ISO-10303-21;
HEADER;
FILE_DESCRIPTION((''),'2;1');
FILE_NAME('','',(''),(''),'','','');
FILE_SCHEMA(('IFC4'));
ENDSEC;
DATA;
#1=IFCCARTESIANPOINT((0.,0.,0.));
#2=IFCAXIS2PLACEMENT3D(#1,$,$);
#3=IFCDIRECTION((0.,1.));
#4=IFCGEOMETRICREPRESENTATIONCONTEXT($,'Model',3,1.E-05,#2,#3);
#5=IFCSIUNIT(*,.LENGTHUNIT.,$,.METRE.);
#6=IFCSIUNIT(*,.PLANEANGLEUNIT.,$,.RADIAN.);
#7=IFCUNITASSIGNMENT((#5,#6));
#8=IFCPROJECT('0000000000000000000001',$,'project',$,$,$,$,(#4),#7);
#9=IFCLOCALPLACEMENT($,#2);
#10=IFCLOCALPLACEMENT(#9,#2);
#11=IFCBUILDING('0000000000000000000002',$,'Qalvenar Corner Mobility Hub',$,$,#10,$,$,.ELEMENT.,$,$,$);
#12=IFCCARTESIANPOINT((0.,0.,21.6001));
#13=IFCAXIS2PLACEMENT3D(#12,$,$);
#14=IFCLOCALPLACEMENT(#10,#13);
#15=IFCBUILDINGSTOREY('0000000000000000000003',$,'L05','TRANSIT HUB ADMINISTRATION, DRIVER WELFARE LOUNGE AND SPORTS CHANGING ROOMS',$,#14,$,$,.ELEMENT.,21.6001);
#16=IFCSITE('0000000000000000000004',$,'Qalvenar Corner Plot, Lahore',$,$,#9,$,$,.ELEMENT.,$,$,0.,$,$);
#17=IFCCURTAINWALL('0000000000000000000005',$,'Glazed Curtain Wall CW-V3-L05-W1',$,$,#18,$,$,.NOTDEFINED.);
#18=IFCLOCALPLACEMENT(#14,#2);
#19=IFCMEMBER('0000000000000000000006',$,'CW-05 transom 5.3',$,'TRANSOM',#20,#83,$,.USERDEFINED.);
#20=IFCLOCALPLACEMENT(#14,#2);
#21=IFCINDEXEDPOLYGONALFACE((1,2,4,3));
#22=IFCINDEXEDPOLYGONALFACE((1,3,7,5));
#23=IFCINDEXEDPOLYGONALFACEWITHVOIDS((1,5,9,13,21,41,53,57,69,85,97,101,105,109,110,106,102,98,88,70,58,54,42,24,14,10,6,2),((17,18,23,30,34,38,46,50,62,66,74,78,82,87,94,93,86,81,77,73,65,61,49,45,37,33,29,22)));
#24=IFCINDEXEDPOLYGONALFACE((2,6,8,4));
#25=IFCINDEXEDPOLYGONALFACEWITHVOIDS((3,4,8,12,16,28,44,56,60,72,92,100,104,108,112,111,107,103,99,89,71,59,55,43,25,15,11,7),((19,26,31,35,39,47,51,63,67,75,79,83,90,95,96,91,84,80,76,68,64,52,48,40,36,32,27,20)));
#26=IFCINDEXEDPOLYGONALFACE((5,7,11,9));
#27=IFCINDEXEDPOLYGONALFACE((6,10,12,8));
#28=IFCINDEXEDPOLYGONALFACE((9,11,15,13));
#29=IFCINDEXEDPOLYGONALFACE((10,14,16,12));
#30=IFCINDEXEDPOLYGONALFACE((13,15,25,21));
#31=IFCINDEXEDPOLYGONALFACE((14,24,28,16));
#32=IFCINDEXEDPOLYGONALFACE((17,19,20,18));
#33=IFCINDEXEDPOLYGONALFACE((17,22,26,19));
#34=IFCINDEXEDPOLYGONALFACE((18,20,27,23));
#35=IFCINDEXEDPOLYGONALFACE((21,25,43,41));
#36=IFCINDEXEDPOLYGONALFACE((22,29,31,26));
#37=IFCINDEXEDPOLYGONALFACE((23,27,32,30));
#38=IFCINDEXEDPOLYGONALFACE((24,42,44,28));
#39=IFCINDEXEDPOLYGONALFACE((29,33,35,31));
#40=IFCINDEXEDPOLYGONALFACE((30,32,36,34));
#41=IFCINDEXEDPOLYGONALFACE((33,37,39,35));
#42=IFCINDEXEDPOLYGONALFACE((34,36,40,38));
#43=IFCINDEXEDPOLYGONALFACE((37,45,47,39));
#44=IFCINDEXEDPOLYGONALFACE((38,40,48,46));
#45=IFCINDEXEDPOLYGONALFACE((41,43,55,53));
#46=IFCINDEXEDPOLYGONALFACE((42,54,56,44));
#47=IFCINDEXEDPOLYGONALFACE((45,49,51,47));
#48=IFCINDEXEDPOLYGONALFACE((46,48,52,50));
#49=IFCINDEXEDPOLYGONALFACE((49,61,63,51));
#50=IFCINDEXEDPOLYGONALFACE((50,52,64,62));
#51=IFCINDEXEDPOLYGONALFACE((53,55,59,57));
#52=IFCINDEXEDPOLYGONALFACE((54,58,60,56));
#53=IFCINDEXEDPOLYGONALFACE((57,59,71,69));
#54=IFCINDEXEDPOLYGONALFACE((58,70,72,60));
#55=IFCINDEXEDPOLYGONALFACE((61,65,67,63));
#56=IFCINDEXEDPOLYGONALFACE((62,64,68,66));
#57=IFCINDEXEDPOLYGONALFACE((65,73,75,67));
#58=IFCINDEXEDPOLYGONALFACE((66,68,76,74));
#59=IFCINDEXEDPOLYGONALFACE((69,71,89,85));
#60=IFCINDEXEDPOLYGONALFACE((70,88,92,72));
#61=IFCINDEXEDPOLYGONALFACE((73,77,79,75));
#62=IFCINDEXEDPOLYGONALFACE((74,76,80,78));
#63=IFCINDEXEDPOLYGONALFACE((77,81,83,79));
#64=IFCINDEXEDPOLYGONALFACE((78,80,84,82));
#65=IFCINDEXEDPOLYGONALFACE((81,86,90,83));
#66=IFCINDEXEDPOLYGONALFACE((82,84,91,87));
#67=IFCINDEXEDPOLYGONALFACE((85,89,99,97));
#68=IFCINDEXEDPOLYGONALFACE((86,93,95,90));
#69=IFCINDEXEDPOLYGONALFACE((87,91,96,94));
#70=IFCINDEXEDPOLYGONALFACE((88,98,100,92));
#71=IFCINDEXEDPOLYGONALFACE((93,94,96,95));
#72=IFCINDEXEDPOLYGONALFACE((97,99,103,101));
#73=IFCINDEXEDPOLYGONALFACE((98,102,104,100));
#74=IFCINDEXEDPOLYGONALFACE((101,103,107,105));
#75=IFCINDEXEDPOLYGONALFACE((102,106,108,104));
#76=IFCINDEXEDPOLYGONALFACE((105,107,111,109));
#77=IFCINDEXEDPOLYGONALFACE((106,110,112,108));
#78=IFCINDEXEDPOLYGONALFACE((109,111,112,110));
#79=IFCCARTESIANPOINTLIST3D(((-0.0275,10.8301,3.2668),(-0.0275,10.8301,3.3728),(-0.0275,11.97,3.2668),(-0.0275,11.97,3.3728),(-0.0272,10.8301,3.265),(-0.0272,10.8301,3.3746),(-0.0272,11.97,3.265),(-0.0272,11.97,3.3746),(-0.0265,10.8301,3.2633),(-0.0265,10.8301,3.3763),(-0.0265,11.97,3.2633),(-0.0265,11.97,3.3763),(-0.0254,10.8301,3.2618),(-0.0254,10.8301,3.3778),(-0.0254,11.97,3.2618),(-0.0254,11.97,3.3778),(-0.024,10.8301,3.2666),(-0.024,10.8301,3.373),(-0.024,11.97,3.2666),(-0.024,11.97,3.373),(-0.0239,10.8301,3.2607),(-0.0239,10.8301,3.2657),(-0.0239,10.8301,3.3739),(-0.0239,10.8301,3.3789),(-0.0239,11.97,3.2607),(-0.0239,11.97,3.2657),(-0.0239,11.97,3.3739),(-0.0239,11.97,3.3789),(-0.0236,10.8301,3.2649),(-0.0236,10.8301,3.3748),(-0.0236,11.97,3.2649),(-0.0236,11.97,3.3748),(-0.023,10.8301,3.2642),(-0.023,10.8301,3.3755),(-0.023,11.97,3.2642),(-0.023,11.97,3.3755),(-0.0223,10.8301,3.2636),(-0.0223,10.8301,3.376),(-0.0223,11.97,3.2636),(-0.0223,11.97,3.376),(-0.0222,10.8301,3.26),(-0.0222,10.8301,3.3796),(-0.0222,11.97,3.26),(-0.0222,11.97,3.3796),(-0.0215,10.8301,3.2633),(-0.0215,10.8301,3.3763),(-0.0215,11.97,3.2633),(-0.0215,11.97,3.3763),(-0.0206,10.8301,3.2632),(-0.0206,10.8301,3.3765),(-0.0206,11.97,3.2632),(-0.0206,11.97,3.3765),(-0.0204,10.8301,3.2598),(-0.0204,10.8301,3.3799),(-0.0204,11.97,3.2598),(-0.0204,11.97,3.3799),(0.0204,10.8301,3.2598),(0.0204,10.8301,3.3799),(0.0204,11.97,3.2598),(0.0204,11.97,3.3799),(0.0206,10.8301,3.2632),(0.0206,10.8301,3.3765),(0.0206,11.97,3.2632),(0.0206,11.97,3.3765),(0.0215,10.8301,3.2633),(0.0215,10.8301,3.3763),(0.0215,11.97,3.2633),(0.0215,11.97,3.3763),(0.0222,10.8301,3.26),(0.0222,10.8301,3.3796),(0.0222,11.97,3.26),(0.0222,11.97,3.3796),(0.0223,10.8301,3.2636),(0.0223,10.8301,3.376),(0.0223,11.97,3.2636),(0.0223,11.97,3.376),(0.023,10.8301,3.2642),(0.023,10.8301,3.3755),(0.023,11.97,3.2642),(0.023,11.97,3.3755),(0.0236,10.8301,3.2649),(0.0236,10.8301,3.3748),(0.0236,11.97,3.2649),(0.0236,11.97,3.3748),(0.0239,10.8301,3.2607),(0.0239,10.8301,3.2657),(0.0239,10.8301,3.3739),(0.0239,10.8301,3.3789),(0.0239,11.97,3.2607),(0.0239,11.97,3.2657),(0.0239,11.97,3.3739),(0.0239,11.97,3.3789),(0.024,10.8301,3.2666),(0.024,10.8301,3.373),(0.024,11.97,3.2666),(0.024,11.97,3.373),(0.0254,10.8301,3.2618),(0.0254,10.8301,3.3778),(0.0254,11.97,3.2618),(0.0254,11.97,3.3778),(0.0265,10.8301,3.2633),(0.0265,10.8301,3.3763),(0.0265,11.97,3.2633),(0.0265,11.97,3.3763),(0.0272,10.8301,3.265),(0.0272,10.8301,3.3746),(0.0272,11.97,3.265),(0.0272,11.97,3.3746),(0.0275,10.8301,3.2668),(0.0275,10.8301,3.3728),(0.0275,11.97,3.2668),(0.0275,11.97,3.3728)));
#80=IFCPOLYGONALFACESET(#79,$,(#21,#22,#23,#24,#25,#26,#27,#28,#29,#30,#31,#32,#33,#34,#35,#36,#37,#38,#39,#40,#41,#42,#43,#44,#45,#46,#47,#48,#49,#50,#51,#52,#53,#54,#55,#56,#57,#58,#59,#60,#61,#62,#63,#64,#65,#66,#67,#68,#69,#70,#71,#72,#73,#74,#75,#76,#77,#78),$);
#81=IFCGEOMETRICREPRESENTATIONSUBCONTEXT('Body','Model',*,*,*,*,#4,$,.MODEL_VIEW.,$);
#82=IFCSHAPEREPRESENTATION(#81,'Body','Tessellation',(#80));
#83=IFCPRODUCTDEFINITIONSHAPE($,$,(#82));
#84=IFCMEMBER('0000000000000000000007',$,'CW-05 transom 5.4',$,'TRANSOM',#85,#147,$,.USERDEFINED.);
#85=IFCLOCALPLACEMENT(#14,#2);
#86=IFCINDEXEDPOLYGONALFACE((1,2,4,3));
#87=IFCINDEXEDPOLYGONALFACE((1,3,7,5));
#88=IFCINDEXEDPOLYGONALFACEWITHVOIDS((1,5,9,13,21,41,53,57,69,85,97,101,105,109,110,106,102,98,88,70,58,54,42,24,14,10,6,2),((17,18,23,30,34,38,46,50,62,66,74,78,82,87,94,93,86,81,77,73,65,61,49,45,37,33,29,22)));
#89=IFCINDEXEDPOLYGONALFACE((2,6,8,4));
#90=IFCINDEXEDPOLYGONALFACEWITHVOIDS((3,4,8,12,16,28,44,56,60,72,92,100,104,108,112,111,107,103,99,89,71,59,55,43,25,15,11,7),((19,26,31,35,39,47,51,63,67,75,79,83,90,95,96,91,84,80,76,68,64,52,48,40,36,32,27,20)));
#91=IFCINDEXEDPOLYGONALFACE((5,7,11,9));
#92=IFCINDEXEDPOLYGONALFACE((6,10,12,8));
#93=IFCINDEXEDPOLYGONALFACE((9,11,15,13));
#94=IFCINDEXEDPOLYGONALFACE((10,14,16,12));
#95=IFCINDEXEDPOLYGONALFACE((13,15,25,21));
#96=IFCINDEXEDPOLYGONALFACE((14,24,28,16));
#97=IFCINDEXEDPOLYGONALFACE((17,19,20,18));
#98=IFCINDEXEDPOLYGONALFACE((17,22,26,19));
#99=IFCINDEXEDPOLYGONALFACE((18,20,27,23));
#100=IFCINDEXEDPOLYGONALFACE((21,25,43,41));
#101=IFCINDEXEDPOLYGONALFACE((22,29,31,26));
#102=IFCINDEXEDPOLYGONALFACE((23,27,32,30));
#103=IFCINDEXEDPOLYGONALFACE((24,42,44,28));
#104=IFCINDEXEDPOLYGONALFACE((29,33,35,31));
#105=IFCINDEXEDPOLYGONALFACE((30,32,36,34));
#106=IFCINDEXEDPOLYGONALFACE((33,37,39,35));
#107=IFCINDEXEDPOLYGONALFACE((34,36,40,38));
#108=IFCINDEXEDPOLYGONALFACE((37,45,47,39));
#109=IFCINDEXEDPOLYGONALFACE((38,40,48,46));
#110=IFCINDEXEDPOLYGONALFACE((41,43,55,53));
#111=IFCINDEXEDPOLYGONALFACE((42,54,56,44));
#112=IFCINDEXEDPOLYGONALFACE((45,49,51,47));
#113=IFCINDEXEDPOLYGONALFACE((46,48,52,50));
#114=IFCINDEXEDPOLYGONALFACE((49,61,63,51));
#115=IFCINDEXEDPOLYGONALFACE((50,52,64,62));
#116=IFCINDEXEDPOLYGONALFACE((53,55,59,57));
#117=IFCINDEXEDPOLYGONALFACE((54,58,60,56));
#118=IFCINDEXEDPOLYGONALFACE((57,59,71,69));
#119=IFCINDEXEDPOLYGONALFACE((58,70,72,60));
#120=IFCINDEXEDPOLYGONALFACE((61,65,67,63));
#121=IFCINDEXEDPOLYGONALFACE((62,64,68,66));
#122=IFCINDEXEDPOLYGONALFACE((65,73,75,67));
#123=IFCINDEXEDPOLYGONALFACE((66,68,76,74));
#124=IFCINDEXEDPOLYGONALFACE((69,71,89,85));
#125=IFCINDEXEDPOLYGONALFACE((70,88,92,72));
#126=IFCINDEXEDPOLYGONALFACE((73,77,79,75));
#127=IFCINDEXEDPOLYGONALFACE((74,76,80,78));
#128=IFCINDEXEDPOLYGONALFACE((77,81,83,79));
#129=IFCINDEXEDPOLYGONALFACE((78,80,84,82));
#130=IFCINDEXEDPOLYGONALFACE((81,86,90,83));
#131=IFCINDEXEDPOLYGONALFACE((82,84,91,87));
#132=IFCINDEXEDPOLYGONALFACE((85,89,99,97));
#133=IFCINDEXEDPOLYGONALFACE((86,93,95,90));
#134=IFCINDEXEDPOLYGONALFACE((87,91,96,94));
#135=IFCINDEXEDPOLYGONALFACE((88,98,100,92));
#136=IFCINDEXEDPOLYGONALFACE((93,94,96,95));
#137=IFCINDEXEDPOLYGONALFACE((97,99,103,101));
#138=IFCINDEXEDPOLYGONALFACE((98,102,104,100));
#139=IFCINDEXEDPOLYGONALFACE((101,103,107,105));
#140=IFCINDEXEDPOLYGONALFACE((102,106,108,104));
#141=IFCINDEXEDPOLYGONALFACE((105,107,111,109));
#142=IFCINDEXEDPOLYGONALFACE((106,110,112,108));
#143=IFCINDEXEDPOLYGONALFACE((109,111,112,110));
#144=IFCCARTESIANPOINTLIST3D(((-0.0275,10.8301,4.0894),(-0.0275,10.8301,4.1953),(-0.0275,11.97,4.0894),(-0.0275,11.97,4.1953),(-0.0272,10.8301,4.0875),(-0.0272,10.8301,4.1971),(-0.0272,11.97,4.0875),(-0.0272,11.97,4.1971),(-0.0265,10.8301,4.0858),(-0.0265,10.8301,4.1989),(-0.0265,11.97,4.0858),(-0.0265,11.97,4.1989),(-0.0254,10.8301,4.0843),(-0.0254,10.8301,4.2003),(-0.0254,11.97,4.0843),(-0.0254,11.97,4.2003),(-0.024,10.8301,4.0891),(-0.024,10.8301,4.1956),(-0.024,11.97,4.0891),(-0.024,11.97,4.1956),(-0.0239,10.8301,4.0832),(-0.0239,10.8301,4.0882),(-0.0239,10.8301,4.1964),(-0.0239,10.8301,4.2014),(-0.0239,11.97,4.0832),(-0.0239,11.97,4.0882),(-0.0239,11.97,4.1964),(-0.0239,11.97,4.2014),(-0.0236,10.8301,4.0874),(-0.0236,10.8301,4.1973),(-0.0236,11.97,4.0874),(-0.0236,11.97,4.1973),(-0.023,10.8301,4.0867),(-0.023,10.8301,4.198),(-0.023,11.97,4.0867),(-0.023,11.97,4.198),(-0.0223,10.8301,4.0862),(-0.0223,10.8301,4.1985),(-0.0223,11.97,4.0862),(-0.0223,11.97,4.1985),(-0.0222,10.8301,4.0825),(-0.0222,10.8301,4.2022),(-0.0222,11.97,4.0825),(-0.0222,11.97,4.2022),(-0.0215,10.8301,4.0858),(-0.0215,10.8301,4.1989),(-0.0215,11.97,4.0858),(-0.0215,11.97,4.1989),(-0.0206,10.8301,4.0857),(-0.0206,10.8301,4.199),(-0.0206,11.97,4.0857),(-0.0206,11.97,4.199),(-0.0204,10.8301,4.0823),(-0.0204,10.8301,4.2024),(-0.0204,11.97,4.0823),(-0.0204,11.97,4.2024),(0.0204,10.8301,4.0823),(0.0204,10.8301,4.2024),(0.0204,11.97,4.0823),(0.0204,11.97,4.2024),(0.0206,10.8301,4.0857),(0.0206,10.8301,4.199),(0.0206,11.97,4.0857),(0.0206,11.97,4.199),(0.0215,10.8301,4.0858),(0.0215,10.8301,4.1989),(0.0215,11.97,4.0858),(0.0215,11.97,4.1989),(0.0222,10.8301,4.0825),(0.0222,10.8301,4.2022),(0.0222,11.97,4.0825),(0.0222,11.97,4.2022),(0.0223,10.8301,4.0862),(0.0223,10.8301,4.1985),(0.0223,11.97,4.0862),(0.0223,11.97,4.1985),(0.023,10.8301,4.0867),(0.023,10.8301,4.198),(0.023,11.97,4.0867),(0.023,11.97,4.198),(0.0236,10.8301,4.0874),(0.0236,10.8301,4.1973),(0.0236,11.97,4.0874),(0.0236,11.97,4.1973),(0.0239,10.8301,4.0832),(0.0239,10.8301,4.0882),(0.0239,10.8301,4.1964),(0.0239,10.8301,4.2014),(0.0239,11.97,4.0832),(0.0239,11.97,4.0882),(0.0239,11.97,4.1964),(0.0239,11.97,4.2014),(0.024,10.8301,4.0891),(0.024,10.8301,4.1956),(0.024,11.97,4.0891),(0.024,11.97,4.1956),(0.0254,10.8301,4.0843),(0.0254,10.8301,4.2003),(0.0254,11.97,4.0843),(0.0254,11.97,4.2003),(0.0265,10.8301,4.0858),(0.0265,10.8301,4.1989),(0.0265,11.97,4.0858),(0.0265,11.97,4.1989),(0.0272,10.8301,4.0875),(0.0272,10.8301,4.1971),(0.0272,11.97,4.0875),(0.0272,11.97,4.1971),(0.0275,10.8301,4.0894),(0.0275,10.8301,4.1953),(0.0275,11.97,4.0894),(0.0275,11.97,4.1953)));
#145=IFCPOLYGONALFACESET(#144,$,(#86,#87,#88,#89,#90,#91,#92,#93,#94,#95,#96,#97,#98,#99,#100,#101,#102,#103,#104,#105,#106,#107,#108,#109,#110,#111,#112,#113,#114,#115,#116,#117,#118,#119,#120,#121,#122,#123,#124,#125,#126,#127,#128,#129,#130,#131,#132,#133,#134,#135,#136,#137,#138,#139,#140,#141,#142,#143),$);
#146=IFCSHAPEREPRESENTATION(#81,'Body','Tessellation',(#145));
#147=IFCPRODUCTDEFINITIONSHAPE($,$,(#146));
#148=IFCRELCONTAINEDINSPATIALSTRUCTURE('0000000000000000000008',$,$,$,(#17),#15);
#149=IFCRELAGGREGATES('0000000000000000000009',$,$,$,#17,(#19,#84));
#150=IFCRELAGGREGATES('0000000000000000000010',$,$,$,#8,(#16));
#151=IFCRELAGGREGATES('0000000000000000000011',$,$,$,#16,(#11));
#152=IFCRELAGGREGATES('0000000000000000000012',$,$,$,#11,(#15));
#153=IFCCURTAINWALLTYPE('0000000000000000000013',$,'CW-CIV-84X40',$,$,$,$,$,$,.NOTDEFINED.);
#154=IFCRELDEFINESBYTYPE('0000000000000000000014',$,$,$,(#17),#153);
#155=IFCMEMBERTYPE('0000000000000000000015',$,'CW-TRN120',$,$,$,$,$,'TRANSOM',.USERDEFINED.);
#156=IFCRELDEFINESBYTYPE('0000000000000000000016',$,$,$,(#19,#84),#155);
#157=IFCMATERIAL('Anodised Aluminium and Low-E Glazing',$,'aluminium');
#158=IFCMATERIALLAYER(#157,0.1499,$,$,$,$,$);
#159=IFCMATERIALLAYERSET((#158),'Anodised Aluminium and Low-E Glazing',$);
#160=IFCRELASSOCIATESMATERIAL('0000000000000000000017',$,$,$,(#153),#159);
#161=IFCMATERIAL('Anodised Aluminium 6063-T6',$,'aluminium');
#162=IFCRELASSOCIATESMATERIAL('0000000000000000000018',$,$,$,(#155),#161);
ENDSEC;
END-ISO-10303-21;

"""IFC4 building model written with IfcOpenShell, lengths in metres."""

from ifc_helpers import new_model, si_unit, direction, frame, origin, origin_2d, place, context, subcontext, project, spatial, hollow_rectangle, extrude, material, layer, layer_set, material_profile, profile_set, type_object, element, aggregate, save


model = new_model("IFC4")

# Units and contexts
model_context = context("Model", 3, precision=1e-05, world=origin(), true_north=direction((0.0, 1.0)))
body_context = subcontext(model_context, "Body", "Model", "MODEL_VIEW")
ifc_project = project(units=[si_unit("LENGTHUNIT", "METRE"), si_unit("PLANEANGLEUNIT", "RADIAN")], contexts=[model_context])

# Site, building, storey
site_placement = place(None, origin())
site = spatial("IfcSite", under=ifc_project, at=site_placement, Name="Qalvenar Corner Plot, Lahore", CompositionType="ELEMENT", RefElevation=0.0)
building_placement = place(site_placement, origin())
building = spatial("IfcBuilding", under=site, at=building_placement, Name="Qalvenar Corner Mobility Hub", CompositionType="ELEMENT")
storey_placement = place(building_placement, frame((0.0, 0.0, 21.6001)))
storey = spatial("IfcBuildingStorey", under=building, at=storey_placement, Name="L05", Description="TRANSIT HUB ADMINISTRATION, DRIVER WELFARE LOUNGE AND SPORTS CHANGING ROOMS", CompositionType="ELEMENT", Elevation=21.6001)

# Curtain wall, members
ifc_material_1 = material(Name="Anodised Aluminium and Low-E Glazing", Category="aluminium")
ifc_layer_1 = layer(ifc_material_1, 0.1499)
ifc_layer_set_1 = layer_set([ifc_layer_1], Name="Anodised Aluminium and Low-E Glazing")
curtain_wall_type = type_object("IfcCurtainWallType", Name="CW-CIV-84X40", PredefinedType="NOTDEFINED", material=ifc_layer_set_1)
curtain_wall_placement = place(storey_placement, origin())
curtain_wall = element("IfcCurtainWall", 1, at=curtain_wall_placement, inside=storey, type_object=curtain_wall_type, Name="Glazed Curtain Wall CW-V3-L05-W1", PredefinedType="NOTDEFINED")
ifc_material_2 = material(Name="Anodised Aluminium 6063-T6", Category="aluminium")
ifc_material_profile_1 = material_profile(ifc_material_2, hollow_rectangle(XDim=0.0549, YDim=0.1201, WallThickness=0.0034, InnerFilletRadius=0.0034, OuterFilletRadius=0.0071, at=origin_2d()), Name="RHS120x55x3.5")
ifc_profile_set_1 = profile_set([ifc_material_profile_1], Name="Anodised Aluminium 6063-T6")
member_type_1 = type_object("IfcMemberType", Name="CW-TRN120", ElementType="TRANSOM", PredefinedType="USERDEFINED", material=ifc_profile_set_1)
member_1_placement = place(storey_placement, frame((0.0, 11.97, 3.3198), z_axis=(0.0, -1.0, 0.0), x_axis=(1.0, 0.0, 0.0)))
member_1 = element("IfcMember", 2, at=member_1_placement, type_object=member_type_1, Name="CW-05 transom 5.3", ObjectType="TRANSOM", PredefinedType="USERDEFINED", context=body_context, shape_type="SweptSolid", body=[
    extrude(hollow_rectangle(XDim=0.0549, YDim=0.1201, WallThickness=0.0034, InnerFilletRadius=0.0034, OuterFilletRadius=0.0071, at=origin_2d()), origin(), (0.0, 0.0, 1.0), 1.1399),
])
member_2_placement = place(storey_placement, frame((0.0, 11.97, 4.1423), z_axis=(0.0, -1.0, 0.0), x_axis=(1.0, 0.0, 0.0)))
member_2 = element("IfcMember", 3, at=member_2_placement, type_object=member_type_1, Name="CW-05 transom 5.4", ObjectType="TRANSOM", PredefinedType="USERDEFINED", context=body_context, shape_type="SweptSolid", body=[
    extrude(hollow_rectangle(XDim=0.0549, YDim=0.1201, WallThickness=0.0034, InnerFilletRadius=0.0034, OuterFilletRadius=0.0071, at=origin_2d()), origin(), (0.0, 0.0, 1.0), 1.1399),
])
aggregate(curtain_wall, [member_1, member_2])

save(model, "model.ifc")
